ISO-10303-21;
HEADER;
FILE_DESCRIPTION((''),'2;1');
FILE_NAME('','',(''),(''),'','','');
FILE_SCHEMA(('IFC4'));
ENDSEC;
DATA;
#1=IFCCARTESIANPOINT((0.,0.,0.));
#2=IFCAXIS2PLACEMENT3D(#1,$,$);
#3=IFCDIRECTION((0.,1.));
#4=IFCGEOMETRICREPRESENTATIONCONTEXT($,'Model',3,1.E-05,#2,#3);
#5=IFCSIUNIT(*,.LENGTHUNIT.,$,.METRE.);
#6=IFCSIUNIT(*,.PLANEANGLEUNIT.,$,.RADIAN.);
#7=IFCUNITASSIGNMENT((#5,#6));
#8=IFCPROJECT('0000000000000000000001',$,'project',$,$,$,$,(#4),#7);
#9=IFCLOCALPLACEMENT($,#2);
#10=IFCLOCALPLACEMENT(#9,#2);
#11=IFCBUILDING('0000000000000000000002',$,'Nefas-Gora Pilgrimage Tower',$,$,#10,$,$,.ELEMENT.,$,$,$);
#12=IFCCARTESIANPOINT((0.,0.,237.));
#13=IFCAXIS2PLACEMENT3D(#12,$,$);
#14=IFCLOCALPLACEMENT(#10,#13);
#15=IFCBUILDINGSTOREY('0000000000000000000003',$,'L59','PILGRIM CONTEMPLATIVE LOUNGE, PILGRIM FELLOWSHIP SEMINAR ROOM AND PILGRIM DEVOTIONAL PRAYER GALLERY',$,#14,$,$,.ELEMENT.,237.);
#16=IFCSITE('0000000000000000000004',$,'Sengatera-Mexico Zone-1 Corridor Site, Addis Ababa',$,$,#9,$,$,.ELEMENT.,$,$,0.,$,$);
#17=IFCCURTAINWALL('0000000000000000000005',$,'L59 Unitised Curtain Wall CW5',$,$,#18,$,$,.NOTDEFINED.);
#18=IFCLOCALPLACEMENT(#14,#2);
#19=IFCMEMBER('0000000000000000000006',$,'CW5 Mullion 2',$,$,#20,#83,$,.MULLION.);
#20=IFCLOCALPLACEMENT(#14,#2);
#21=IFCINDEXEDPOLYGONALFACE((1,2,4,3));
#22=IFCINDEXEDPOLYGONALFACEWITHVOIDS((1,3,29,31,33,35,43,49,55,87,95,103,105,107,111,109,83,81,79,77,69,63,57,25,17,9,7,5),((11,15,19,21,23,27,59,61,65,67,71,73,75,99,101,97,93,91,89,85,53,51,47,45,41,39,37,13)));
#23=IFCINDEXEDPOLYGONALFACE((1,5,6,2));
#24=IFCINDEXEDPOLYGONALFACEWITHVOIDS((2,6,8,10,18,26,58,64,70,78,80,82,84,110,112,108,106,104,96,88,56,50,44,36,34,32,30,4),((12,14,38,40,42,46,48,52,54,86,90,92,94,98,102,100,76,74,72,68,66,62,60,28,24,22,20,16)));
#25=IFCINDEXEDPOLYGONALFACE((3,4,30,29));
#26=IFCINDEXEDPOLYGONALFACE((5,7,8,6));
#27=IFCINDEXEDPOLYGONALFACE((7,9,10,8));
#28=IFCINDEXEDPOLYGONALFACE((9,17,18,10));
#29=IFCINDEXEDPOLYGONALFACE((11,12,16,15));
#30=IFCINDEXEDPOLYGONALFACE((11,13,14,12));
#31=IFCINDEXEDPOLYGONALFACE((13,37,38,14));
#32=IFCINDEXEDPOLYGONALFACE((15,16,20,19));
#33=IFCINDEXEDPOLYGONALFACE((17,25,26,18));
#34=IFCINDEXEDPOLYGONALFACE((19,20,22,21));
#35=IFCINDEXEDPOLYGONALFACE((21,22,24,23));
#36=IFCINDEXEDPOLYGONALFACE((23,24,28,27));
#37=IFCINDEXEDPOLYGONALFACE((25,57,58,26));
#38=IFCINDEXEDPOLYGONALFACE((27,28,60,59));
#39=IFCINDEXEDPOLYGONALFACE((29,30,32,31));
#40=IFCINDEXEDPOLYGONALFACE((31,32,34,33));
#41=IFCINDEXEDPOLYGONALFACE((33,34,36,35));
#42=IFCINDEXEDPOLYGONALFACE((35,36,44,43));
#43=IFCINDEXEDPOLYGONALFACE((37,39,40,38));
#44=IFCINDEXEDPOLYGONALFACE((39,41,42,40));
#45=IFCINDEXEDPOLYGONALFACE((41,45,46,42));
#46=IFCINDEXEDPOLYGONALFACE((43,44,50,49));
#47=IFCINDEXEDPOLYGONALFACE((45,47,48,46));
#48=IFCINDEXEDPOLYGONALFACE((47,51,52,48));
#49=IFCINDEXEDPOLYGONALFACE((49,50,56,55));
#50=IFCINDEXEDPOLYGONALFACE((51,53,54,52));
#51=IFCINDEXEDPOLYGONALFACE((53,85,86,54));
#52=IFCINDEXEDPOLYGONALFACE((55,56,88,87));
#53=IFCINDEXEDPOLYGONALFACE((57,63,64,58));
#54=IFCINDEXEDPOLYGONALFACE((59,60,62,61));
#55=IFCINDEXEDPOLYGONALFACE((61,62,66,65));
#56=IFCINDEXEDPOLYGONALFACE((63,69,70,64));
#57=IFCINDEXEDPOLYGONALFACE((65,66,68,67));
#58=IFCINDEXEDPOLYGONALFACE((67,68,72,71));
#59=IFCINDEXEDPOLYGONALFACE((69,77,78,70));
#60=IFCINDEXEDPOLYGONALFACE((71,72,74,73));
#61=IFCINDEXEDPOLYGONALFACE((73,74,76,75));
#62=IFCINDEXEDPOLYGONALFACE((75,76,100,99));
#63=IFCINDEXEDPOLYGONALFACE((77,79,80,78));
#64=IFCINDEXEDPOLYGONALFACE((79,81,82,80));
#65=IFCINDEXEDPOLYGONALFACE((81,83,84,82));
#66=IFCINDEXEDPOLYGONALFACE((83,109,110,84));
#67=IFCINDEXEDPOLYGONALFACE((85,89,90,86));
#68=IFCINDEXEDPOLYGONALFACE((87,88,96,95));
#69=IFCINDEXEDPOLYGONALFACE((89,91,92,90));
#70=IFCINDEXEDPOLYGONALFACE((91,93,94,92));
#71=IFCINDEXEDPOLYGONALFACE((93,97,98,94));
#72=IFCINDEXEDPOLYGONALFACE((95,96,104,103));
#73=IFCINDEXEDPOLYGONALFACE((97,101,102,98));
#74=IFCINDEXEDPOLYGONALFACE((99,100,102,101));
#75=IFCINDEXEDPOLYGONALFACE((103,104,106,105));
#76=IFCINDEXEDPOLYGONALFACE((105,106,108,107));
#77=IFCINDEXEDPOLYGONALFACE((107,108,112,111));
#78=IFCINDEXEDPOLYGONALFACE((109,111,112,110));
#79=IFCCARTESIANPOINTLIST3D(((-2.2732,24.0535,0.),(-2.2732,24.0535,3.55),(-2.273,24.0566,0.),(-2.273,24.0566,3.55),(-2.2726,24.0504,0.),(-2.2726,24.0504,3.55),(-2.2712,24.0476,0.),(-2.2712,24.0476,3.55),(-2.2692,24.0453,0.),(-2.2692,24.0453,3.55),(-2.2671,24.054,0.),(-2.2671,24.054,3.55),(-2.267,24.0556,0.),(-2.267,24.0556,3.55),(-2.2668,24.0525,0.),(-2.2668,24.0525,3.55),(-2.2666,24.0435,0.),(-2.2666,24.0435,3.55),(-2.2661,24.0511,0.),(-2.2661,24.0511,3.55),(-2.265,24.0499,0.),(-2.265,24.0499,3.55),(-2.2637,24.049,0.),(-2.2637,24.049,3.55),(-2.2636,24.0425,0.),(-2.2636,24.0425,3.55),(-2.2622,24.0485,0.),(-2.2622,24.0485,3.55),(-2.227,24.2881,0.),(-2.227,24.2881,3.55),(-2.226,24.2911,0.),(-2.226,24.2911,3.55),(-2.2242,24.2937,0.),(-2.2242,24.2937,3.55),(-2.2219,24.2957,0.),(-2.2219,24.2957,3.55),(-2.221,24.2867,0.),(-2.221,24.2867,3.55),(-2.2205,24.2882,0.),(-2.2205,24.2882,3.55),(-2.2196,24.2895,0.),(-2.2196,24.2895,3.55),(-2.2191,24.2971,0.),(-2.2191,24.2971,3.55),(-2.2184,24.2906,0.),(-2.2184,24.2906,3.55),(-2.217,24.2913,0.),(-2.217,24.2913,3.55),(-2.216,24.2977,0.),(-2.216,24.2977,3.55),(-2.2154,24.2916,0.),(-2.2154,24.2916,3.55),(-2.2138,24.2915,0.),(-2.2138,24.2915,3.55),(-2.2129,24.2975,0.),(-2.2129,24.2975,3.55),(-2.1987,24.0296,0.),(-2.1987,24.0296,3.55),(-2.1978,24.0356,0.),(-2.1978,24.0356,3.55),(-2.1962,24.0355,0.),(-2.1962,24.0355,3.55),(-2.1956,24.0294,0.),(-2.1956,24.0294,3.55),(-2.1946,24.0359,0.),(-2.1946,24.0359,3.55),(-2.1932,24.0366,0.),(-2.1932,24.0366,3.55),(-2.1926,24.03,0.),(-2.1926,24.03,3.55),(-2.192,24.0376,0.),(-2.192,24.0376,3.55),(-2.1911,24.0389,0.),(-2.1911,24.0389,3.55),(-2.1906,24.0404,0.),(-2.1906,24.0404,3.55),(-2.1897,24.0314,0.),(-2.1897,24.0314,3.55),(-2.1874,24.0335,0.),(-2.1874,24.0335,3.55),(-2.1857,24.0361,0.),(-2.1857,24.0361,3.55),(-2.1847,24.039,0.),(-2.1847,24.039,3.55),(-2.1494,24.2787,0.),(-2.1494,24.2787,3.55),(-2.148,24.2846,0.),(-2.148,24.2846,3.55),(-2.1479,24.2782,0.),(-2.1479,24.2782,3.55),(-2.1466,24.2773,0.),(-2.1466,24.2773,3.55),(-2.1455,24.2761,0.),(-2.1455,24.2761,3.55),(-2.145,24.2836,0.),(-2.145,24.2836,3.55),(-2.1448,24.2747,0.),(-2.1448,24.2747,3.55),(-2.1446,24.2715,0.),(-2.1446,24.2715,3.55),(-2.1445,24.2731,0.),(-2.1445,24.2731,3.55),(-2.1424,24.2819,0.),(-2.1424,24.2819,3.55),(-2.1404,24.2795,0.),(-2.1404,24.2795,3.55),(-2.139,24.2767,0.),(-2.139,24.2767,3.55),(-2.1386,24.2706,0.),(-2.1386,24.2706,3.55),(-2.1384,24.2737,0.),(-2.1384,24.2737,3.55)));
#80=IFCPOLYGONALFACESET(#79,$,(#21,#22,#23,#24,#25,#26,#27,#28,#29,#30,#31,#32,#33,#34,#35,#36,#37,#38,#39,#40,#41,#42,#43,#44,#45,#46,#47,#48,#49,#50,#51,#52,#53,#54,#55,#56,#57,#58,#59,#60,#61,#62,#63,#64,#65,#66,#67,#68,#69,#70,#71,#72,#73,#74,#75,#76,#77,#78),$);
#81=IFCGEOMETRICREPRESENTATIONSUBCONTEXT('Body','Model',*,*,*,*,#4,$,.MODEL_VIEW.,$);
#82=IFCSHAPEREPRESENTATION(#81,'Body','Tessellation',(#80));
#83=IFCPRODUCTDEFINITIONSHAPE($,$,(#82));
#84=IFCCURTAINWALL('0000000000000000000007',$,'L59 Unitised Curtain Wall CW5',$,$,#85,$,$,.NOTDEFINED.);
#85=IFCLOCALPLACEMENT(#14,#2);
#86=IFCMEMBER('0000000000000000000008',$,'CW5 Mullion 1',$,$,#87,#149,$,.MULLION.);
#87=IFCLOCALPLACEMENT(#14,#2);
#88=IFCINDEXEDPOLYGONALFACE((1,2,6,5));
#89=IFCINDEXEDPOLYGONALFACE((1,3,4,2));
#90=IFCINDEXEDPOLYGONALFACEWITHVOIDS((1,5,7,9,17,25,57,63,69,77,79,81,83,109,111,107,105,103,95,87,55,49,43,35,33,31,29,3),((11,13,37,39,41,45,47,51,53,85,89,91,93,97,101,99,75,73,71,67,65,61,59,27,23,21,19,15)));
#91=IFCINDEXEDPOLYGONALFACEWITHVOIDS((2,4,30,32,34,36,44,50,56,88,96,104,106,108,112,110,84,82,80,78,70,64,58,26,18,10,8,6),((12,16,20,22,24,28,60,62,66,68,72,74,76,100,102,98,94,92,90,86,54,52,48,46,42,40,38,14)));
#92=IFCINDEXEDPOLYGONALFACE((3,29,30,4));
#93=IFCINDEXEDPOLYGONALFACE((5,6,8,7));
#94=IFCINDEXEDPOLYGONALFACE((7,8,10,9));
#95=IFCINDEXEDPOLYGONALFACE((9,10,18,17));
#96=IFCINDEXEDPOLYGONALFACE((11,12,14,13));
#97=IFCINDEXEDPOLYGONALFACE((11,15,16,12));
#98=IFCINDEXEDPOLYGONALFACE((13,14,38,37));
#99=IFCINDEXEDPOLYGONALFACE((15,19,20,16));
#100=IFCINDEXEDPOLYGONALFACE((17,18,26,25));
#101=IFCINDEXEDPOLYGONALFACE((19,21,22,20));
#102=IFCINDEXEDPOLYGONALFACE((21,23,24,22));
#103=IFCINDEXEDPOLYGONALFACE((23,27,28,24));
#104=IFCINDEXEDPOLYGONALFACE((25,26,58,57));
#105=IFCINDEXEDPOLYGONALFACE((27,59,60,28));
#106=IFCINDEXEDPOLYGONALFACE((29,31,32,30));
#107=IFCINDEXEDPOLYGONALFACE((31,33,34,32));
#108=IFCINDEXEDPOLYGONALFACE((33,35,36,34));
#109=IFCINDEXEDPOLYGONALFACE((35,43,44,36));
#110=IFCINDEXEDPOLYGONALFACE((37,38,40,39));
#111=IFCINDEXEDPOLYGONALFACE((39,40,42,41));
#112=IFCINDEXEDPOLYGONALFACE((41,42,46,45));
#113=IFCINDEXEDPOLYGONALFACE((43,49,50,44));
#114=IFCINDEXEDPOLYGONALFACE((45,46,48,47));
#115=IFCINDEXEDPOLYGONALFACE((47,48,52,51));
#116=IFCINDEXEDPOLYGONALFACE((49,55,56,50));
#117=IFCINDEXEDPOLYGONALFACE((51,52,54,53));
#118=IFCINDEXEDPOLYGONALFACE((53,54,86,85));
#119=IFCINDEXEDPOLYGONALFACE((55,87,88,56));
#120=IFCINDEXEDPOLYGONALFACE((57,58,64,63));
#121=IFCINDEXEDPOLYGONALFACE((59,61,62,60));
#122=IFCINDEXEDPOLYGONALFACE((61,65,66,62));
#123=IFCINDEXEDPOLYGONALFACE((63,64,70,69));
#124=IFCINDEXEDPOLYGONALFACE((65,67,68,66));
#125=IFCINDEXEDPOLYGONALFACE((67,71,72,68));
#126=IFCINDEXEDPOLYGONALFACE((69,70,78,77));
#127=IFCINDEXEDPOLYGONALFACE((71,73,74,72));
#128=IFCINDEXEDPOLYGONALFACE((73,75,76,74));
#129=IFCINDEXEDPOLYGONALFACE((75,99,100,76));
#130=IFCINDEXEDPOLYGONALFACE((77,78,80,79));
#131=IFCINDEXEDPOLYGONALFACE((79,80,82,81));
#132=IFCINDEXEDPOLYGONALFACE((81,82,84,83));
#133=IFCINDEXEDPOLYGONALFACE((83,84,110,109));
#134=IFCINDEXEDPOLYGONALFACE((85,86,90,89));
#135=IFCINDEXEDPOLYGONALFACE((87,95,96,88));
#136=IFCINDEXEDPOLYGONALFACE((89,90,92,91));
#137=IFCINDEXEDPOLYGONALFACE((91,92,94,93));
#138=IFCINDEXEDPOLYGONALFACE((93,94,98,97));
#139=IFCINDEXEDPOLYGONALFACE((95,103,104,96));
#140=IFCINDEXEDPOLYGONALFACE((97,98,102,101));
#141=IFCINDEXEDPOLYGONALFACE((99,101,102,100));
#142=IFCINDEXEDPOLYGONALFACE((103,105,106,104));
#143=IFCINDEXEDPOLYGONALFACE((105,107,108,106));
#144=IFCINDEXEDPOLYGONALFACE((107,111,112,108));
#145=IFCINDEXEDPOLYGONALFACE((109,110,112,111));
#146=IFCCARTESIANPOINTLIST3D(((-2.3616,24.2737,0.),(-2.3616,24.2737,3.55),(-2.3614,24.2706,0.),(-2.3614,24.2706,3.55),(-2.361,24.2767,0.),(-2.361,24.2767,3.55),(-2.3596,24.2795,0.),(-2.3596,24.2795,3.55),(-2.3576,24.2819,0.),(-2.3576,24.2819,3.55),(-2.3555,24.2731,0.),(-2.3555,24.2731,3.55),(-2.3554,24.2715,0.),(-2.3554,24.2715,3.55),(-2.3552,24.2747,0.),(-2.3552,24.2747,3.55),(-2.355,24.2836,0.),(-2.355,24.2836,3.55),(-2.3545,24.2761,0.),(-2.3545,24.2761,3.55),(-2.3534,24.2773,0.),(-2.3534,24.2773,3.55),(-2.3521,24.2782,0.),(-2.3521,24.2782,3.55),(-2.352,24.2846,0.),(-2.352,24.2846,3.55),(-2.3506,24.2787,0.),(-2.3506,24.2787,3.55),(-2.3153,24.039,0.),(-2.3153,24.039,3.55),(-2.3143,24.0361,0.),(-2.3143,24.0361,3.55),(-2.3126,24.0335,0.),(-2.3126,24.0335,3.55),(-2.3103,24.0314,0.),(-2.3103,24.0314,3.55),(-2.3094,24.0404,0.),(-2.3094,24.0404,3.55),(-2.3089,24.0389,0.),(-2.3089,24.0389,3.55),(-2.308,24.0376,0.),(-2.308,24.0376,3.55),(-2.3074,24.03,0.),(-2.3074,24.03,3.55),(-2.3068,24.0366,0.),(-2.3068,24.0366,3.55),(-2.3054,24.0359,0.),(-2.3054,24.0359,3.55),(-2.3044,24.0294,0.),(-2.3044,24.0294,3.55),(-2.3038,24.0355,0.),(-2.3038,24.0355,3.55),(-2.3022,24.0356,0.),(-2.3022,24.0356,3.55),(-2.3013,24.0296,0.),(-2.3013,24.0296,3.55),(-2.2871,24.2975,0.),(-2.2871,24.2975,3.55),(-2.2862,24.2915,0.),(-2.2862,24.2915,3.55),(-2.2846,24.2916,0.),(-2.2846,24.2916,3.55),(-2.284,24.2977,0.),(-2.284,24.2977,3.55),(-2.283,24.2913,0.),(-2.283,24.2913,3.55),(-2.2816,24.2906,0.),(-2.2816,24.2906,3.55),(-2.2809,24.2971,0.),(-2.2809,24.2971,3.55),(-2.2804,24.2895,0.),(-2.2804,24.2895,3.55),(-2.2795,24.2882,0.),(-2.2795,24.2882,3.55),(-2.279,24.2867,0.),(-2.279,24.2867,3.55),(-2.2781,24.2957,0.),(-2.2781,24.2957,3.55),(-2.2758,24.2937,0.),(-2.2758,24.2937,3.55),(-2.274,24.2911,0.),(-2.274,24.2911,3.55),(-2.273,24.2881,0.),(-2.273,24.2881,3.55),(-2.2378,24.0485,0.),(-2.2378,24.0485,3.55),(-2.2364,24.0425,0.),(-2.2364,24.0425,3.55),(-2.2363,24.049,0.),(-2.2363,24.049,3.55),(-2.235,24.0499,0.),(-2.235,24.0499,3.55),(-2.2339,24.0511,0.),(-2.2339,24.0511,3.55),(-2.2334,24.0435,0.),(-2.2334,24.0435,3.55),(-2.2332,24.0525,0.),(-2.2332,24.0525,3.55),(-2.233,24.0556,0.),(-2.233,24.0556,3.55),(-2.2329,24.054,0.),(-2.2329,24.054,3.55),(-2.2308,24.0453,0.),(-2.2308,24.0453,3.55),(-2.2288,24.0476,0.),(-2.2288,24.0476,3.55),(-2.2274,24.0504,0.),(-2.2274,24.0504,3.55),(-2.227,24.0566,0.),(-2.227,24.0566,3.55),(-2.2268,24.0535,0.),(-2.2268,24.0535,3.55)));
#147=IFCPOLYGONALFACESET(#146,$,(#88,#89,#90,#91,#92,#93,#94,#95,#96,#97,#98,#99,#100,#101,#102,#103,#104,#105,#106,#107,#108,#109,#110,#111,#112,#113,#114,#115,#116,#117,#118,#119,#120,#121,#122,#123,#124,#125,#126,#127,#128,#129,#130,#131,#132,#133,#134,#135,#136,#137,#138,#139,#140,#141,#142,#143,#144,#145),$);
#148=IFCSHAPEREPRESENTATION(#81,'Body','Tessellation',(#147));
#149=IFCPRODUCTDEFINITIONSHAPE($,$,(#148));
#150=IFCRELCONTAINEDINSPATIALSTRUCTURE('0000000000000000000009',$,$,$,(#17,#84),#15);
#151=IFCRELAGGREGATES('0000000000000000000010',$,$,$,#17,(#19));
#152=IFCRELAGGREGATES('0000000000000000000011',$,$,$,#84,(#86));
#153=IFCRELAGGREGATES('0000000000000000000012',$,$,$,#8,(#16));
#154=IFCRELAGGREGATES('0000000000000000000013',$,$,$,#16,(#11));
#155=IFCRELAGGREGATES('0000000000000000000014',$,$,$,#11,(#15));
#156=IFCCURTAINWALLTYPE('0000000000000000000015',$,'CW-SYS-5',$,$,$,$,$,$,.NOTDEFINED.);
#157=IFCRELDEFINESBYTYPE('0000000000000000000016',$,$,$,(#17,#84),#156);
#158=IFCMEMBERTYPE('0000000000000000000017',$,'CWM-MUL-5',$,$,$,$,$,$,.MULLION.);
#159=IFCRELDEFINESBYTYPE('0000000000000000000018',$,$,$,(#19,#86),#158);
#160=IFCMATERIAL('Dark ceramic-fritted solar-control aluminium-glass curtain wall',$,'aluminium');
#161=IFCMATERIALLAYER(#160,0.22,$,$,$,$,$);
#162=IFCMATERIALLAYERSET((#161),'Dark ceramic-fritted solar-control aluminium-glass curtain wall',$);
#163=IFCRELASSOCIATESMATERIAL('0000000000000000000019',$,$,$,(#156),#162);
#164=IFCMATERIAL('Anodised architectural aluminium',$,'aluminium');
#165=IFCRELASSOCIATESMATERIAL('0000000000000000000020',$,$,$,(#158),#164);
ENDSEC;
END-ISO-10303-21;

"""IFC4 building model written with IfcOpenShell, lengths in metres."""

from ifc_helpers import new_model, si_unit, direction, frame, origin, origin_2d, place, context, subcontext, project, spatial, hollow_rectangle, extrude, source, transform, mapped, material, layer, layer_set, material_profile, profile_set, type_object, element, aggregate, save


model = new_model("IFC4")

# Units and contexts
model_context = context("Model", 3, precision=1e-05, world=origin(), true_north=direction((0.0, 1.0)))
body_context = subcontext(model_context, "Body", "Model", "MODEL_VIEW")
ifc_project = project(units=[si_unit("LENGTHUNIT", "METRE"), si_unit("PLANEANGLEUNIT", "RADIAN")], contexts=[model_context])

# Site, building, storey
site_placement = place(None, origin())
site = spatial("IfcSite", under=ifc_project, at=site_placement, Name="Sengatera-Mexico Zone-1 Corridor Site, Addis Ababa", CompositionType="ELEMENT", RefElevation=0.0)
building_placement = place(site_placement, origin())
building = spatial("IfcBuilding", under=site, at=building_placement, Name="Nefas-Gora Pilgrimage Tower", CompositionType="ELEMENT")
storey_placement = place(building_placement, frame((0.0, 0.0, 237.0)))
storey = spatial("IfcBuildingStorey", under=building, at=storey_placement, Name="L59", Description="PILGRIM CONTEMPLATIVE LOUNGE, PILGRIM FELLOWSHIP SEMINAR ROOM AND PILGRIM DEVOTIONAL PRAYER GALLERY", CompositionType="ELEMENT", Elevation=237.0)

# Curtain wall, member
ifc_material_1 = material(Name="Dark ceramic-fritted solar-control aluminium-glass curtain wall", Category="aluminium")
ifc_layer_1 = layer(ifc_material_1, 0.22)
ifc_layer_set_1 = layer_set([ifc_layer_1], Name="Dark ceramic-fritted solar-control aluminium-glass curtain wall")
curtain_wall_type = type_object("IfcCurtainWallType", Name="CW-SYS-5", PredefinedType="NOTDEFINED", material=ifc_layer_set_1)
curtain_wall_1_placement = place(storey_placement, origin())
curtain_wall_1 = element("IfcCurtainWall", 1, at=curtain_wall_1_placement, inside=storey, type_object=curtain_wall_type, Name="L59 Unitised Curtain Wall CW5", PredefinedType="NOTDEFINED")
ifc_material_2 = material(Name="Anodised architectural aluminium", Category="aluminium")
ifc_material_profile_1 = material_profile(ifc_material_2, hollow_rectangle(XDim=0.0901, YDim=0.26, WallThickness=0.0061, InnerFilletRadius=0.0061, OuterFilletRadius=0.012, at=origin_2d()), Name="ALU MULLION 90x260")
ifc_profile_set_1 = profile_set([ifc_material_profile_1], Name="Anodised architectural aluminium")
member_type_1 = type_object("IfcMemberType", Name="CWM-MUL-5", PredefinedType="MULLION", material=ifc_profile_set_1)
shared_shape_1 = source(origin(), body_context, "Body", "SweptSolid", [
    extrude(hollow_rectangle(XDim=0.0901, YDim=0.26, WallThickness=0.0061, InnerFilletRadius=0.0061, OuterFilletRadius=0.012, at=origin_2d()), origin(), (0.0, 0.0, 1.0), 3.55),
])
member_1_placement = place(storey_placement, frame((-2.2058, 24.1636, 0.0), z_axis=(0.0, 0.0, 1.0), x_axis=(-0.980783, 0.195102, 0.0)))
member_1 = element("IfcMember", 2, at=member_1_placement, type_object=member_type_1, Name="CW5 Mullion 2", PredefinedType="MULLION", context=body_context, shape_type="MappedRepresentation", body=[
    mapped(shared_shape_1, transform((0.0, 0.0, 0.0), x_axis=(1.0, 0.0, 0.0), y_axis=(0.0, 1.0, 0.0), z_axis=(0.0, 0.0, 1.0), scale=1.0)),
])
aggregate(curtain_wall_1, [member_1])

# Curtain wall, member
curtain_wall_2_placement = place(storey_placement, origin())
curtain_wall_2 = element("IfcCurtainWall", 3, at=curtain_wall_2_placement, inside=storey, type_object=curtain_wall_type, Name="L59 Unitised Curtain Wall CW5", PredefinedType="NOTDEFINED")
member_2_placement = place(storey_placement, frame((-2.2942, 24.1636, 0.0), z_axis=(0.0, 0.0, 1.0), x_axis=(-0.980783, -0.195102, 0.0)))
member_2 = element("IfcMember", 4, at=member_2_placement, type_object=member_type_1, Name="CW5 Mullion 1", PredefinedType="MULLION", context=body_context, shape_type="MappedRepresentation", body=[
    mapped(shared_shape_1, transform((0.0, 0.0, 0.0), x_axis=(1.0, 0.0, 0.0), y_axis=(0.0, 1.0, 0.0), z_axis=(0.0, 0.0, 1.0), scale=1.0)),
])
aggregate(curtain_wall_2, [member_2])

save(model, "model.ifc")
